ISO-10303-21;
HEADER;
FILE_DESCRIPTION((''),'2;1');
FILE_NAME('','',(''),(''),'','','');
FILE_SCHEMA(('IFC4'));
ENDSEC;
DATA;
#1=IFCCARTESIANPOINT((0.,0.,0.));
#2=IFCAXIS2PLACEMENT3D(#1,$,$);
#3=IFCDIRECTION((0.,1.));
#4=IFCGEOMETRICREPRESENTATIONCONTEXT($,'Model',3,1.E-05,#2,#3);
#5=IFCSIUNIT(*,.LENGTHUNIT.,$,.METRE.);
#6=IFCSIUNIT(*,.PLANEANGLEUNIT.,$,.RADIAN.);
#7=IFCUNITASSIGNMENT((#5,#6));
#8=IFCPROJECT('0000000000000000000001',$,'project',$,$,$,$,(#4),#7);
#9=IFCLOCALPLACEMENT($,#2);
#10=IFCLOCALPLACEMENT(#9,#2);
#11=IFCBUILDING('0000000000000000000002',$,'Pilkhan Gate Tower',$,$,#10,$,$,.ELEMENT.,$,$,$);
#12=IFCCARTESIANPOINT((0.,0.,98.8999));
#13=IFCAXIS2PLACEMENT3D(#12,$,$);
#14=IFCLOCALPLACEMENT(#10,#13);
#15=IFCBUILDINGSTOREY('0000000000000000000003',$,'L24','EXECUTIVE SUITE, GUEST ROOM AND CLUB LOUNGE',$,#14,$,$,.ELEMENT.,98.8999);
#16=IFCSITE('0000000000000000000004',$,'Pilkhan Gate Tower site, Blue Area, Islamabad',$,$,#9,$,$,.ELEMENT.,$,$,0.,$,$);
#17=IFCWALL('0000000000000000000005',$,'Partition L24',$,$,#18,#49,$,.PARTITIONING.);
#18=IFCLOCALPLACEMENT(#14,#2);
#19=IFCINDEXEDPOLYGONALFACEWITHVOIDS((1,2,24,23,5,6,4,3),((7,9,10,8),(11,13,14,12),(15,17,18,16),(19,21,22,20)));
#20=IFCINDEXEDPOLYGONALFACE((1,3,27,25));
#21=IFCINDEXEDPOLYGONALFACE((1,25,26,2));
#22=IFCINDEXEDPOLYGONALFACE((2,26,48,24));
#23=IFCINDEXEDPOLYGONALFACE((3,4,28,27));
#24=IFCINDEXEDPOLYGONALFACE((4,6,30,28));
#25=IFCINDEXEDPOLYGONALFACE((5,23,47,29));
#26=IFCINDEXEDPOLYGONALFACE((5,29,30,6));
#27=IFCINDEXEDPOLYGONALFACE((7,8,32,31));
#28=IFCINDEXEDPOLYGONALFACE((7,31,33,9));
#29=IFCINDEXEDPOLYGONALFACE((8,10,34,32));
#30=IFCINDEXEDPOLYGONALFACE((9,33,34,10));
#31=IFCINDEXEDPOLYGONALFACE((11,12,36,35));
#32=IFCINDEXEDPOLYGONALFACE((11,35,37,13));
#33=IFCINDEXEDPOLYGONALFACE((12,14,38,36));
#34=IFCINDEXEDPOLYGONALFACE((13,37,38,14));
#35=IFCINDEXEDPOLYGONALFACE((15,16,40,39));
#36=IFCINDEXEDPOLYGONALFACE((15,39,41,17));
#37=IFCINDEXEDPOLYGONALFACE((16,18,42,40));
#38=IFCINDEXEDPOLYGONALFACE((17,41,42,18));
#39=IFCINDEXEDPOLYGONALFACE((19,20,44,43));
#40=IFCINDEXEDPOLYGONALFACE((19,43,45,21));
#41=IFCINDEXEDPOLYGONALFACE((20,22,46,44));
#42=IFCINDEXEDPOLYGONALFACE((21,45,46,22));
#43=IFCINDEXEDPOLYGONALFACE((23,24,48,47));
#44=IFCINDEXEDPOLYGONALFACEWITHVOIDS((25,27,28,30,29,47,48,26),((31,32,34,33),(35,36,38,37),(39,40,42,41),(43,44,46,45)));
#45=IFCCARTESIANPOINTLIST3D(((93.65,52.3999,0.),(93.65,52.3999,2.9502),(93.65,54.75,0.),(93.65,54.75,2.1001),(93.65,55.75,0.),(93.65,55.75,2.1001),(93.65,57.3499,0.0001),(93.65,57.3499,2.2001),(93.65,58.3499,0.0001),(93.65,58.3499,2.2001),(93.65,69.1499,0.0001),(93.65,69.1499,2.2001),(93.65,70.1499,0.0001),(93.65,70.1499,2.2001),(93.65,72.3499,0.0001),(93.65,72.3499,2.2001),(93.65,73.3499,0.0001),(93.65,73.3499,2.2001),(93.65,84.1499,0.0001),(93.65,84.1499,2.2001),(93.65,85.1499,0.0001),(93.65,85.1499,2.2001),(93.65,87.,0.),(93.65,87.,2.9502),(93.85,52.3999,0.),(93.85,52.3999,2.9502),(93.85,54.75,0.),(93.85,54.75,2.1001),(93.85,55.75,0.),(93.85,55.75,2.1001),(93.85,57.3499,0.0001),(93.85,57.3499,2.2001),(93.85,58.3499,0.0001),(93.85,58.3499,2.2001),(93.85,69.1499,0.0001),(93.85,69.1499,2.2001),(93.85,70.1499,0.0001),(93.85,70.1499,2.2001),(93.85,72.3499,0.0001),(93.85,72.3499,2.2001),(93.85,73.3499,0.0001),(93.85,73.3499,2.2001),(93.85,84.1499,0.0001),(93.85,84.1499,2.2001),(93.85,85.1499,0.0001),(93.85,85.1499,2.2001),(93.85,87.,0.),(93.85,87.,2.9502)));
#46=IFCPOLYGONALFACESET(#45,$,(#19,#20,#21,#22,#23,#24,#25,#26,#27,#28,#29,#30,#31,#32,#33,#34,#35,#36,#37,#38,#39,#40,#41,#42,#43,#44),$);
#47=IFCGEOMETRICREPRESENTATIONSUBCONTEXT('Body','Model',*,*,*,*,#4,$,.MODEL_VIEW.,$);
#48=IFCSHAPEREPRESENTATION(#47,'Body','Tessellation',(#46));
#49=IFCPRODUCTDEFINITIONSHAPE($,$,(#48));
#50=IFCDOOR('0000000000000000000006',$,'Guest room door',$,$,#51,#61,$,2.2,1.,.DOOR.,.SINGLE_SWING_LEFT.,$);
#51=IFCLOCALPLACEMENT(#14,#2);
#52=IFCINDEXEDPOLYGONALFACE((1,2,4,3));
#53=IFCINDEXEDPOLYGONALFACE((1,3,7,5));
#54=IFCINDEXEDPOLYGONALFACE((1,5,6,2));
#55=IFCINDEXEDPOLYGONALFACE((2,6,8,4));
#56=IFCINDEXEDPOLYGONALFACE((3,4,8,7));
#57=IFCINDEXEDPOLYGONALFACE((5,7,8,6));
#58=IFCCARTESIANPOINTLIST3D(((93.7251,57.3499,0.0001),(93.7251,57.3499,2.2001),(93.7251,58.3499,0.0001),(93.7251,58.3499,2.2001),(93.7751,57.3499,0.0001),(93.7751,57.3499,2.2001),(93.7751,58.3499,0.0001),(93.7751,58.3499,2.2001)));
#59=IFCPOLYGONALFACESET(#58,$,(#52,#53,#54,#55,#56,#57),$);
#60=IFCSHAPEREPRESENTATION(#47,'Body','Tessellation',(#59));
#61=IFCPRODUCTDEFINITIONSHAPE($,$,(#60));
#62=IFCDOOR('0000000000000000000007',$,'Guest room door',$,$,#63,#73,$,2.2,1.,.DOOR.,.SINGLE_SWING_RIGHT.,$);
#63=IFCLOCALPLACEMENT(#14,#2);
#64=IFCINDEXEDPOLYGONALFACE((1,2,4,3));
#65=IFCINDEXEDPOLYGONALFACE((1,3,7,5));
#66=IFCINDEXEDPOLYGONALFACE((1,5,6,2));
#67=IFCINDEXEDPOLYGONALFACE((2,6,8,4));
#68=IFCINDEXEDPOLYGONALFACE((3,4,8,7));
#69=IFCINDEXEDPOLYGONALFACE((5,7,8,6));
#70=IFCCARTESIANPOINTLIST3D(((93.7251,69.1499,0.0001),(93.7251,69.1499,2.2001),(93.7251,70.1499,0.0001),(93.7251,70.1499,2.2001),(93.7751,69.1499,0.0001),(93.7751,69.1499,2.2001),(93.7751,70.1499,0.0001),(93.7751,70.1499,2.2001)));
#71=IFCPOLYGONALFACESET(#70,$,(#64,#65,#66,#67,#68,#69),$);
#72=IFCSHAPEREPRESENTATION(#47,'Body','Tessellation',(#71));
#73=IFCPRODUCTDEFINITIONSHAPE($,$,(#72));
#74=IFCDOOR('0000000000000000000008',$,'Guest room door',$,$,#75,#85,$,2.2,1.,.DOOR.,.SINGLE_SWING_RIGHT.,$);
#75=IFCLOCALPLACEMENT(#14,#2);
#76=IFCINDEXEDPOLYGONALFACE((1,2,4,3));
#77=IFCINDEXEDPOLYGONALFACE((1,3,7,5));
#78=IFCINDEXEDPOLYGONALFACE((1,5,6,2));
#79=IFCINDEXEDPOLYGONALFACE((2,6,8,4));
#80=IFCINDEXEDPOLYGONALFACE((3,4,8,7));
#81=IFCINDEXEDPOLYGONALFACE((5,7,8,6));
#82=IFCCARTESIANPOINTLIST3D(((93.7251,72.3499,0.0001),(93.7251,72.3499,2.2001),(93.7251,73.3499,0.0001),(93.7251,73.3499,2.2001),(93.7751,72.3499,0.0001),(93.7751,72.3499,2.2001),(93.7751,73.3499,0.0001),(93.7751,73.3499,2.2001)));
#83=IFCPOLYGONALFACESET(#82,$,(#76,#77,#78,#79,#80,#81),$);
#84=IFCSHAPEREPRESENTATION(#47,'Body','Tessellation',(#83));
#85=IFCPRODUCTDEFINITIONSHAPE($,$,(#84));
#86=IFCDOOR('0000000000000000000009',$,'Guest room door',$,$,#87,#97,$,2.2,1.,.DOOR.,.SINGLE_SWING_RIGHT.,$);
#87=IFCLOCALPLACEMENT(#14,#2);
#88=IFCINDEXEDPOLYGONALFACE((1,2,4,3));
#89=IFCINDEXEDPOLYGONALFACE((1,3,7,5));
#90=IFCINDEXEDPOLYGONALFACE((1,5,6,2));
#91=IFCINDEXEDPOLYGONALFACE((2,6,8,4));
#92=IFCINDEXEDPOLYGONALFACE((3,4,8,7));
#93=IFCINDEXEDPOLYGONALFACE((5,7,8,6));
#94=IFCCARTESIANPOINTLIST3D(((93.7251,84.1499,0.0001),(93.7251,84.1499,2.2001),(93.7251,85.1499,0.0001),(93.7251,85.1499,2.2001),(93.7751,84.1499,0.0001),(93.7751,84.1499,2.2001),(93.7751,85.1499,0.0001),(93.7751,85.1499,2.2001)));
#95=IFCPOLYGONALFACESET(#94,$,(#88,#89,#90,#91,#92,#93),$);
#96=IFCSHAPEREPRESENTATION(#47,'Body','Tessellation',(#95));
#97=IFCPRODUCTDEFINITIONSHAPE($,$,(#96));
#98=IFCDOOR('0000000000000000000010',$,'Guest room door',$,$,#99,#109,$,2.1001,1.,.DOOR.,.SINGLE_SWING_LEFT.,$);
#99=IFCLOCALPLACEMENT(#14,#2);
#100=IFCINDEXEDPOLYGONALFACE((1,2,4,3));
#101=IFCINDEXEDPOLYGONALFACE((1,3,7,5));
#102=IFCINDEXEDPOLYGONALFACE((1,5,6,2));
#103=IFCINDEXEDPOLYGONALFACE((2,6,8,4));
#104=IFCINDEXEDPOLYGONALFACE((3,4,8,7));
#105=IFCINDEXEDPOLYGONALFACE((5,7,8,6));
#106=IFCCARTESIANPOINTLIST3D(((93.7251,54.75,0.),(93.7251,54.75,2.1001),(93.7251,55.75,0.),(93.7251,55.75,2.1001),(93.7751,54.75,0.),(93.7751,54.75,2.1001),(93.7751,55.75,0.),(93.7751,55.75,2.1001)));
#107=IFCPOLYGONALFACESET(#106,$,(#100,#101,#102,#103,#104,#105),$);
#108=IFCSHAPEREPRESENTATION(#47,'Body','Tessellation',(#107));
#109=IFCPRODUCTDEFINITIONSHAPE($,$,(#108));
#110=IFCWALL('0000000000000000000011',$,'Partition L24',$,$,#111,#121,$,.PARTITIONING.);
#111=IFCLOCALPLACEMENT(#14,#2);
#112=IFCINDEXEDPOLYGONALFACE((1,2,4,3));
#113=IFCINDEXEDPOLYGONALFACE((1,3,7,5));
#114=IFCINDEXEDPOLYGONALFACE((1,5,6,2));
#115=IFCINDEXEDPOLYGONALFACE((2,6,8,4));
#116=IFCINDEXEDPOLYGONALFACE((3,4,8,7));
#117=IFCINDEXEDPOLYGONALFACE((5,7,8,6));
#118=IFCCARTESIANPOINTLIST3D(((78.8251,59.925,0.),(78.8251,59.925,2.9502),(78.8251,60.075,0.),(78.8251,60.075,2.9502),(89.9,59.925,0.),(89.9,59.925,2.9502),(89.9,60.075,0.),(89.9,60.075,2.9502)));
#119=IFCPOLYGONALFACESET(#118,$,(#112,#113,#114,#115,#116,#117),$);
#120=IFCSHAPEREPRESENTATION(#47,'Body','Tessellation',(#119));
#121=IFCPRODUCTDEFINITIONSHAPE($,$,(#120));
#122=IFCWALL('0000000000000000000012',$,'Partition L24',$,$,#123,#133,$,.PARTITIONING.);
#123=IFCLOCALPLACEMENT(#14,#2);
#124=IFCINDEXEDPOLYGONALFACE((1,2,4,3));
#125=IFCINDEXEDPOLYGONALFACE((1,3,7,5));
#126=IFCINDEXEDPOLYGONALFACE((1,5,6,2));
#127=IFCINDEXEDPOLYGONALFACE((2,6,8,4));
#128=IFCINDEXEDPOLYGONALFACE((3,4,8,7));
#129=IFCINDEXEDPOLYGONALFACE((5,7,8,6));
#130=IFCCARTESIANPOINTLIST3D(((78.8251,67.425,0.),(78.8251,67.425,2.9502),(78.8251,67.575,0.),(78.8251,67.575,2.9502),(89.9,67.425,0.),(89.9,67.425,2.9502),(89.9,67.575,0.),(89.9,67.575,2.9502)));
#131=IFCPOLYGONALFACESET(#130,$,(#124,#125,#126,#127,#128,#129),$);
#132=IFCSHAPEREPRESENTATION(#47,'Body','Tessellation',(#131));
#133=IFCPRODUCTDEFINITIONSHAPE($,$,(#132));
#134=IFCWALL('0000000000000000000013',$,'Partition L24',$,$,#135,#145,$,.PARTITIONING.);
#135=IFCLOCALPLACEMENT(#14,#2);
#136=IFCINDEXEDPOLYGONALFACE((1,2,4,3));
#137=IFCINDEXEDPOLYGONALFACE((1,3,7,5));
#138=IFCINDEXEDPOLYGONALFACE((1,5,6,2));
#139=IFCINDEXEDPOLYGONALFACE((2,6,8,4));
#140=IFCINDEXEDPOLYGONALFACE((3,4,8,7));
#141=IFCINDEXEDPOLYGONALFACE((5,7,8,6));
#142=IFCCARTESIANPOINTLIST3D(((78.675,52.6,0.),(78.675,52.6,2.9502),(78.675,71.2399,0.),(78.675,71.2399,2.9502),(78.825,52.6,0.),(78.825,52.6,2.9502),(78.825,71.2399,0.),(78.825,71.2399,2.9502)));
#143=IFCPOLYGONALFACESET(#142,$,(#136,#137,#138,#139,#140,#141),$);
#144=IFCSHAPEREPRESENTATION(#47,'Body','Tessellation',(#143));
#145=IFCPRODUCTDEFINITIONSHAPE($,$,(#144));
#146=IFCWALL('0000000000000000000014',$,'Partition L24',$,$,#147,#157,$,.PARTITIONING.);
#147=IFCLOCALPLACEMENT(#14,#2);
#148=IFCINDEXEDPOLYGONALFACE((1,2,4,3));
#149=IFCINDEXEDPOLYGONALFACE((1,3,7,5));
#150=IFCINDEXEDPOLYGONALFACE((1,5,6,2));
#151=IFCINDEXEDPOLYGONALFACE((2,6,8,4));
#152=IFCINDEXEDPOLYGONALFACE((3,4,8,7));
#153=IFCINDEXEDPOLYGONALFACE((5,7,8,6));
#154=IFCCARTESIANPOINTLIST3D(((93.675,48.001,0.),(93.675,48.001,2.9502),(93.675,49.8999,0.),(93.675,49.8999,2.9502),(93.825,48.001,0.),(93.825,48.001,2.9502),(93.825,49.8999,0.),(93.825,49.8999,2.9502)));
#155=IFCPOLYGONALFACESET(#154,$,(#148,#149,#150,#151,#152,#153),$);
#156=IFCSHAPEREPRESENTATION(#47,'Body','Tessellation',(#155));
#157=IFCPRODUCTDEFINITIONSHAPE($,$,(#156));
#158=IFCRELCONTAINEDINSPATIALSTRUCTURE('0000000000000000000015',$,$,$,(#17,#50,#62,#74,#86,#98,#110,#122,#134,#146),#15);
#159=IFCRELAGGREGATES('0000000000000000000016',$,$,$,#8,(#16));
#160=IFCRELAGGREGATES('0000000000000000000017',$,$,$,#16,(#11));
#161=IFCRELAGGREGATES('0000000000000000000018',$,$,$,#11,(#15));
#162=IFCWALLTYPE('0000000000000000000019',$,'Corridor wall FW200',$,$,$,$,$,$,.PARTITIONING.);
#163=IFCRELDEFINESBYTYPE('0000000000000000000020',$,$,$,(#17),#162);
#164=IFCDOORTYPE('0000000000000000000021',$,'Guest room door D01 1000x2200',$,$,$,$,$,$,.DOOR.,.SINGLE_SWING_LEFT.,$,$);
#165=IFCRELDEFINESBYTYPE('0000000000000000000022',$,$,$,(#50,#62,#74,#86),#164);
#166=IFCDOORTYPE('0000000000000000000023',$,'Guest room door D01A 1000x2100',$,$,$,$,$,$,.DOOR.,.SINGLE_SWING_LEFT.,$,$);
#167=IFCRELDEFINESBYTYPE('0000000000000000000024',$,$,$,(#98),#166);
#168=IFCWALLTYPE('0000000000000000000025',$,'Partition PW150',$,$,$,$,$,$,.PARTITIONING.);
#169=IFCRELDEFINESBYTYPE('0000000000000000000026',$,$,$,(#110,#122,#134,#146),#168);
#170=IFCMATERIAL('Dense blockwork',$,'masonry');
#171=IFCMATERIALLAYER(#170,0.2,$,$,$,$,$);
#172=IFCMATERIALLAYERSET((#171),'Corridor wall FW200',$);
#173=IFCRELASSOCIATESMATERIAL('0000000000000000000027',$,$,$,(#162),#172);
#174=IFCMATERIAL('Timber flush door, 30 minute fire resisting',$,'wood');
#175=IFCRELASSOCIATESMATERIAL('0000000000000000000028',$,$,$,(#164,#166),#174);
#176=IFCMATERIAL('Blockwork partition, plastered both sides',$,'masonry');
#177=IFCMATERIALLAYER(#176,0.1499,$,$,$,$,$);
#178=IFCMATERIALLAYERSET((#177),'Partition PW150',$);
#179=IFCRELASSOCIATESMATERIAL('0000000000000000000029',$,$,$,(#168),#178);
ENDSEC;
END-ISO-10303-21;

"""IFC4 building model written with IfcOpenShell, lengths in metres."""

from ifc_helpers import new_model, si_unit, direction, frame, frame_2d, origin, place, context, subcontext, project, spatial, rectangle, extrude, material, layer, layer_set, type_object, element, fill, save


model = new_model("IFC4")

# Units and contexts
model_context = context("Model", 3, precision=1e-05, world=origin(), true_north=direction((0.0, 1.0)))
body_context = subcontext(model_context, "Body", "Model", "MODEL_VIEW")
ifc_project = project(units=[si_unit("LENGTHUNIT", "METRE"), si_unit("PLANEANGLEUNIT", "RADIAN")], contexts=[model_context])

# Site, building, storey
site_placement = place(None, origin())
site = spatial("IfcSite", under=ifc_project, at=site_placement, Name="Pilkhan Gate Tower site, Blue Area, Islamabad", CompositionType="ELEMENT", RefElevation=0.0)
building_placement = place(site_placement, origin())
building = spatial("IfcBuilding", under=site, at=building_placement, Name="Pilkhan Gate Tower", CompositionType="ELEMENT")
storey_placement = place(building_placement, frame((0.0, 0.0, 98.8999)))
storey = spatial("IfcBuildingStorey", under=building, at=storey_placement, Name="L24", Description="EXECUTIVE SUITE, GUEST ROOM AND CLUB LOUNGE", CompositionType="ELEMENT", Elevation=98.8999)

# Shared definitions
ifc_material_1 = material(Name="Dense blockwork", Category="masonry")
ifc_layer_1 = layer(ifc_material_1, 0.2)
ifc_layer_set_1 = layer_set([ifc_layer_1], Name="Corridor wall FW200")
wall_type_1 = type_object("IfcWallType", Name="Corridor wall FW200", PredefinedType="PARTITIONING", material=ifc_layer_set_1)

# Wall, openings, doors
ifc_material_2 = material(Name="Timber flush door, 30 minute fire resisting", Category="wood")
wall_1_placement = place(storey_placement, frame((93.75, 52.3999, 0.0), z_axis=(0.0, 0.0, 1.0), x_axis=(0.0, 1.0, 0.0)))
wall_1 = element("IfcWall", 1, at=wall_1_placement, inside=storey, type_object=wall_type_1, Name="Partition L24", PredefinedType="PARTITIONING", context=body_context, shape_type="SweptSolid", body=[
    extrude(rectangle(XDim=34.6001, YDim=0.2, at=frame_2d((17.3, 0.0))), origin(), (0.0, 0.0, 1.0), 2.9502),
])
opening_1_placement = place(wall_1_placement, frame((2.3501, 0.0, 0.0)))
opening_1 = element("IfcOpeningElement", 2, at=opening_1_placement, cuts=wall_1, PredefinedType="OPENING", context=body_context, shape_type="SweptSolid", body=[
    extrude(rectangle(XDim=1.0, YDim=2.1001, at=frame_2d((0.5, 1.05))), frame((0.0, 0.1099, 0.0), z_axis=(0.0, -1.0, 0.0), x_axis=(1.0, 0.0, 0.0)), (0.0, 0.0, 1.0), 0.22),
])
opening_2_placement = place(wall_1_placement, frame((4.95, 0.0, 0.0)))
opening_2 = element("IfcOpeningElement", 3, at=opening_2_placement, cuts=wall_1, PredefinedType="OPENING", context=body_context, shape_type="SweptSolid", body=[
    extrude(rectangle(XDim=1.0, YDim=2.2, at=frame_2d((0.5, 1.1001))), frame((0.0, 0.1099, 0.0), z_axis=(0.0, -1.0, 0.0), x_axis=(1.0, 0.0, 0.0)), (0.0, 0.0, 1.0), 0.22),
])
opening_3_placement = place(wall_1_placement, frame((16.75, 0.0, 0.0)))
opening_3 = element("IfcOpeningElement", 4, at=opening_3_placement, cuts=wall_1, PredefinedType="OPENING", context=body_context, shape_type="SweptSolid", body=[
    extrude(rectangle(XDim=1.0, YDim=2.2, at=frame_2d((0.5, 1.1001))), frame((0.0, 0.1099, 0.0), z_axis=(0.0, -1.0, 0.0), x_axis=(1.0, 0.0, 0.0)), (0.0, 0.0, 1.0), 0.22),
])
opening_4_placement = place(wall_1_placement, frame((19.95, 0.0, 0.0)))
opening_4 = element("IfcOpeningElement", 5, at=opening_4_placement, cuts=wall_1, PredefinedType="OPENING", context=body_context, shape_type="SweptSolid", body=[
    extrude(rectangle(XDim=1.0, YDim=2.2, at=frame_2d((0.5, 1.1001))), frame((0.0, 0.1099, 0.0), z_axis=(0.0, -1.0, 0.0), x_axis=(1.0, 0.0, 0.0)), (0.0, 0.0, 1.0), 0.22),
])
opening_5_placement = place(wall_1_placement, frame((31.75, 0.0, 0.0)))
opening_5 = element("IfcOpeningElement", 6, at=opening_5_placement, cuts=wall_1, PredefinedType="OPENING", context=body_context, shape_type="SweptSolid", body=[
    extrude(rectangle(XDim=1.0, YDim=2.2, at=frame_2d((0.5, 1.1001))), frame((0.0, 0.1099, 0.0), z_axis=(0.0, -1.0, 0.0), x_axis=(1.0, 0.0, 0.0)), (0.0, 0.0, 1.0), 0.22),
])
door_type_1 = type_object("IfcDoorType", Name="Guest room door D01 1000x2200", OperationType="SINGLE_SWING_LEFT", PredefinedType="DOOR", material=ifc_material_2)
door_1_placement = place(opening_2_placement, origin())
door_1 = element("IfcDoor", 7, at=door_1_placement, inside=storey, type_object=door_type_1, Name="Guest room door", OperationType="SINGLE_SWING_LEFT", OverallHeight=2.2, OverallWidth=1.0, PredefinedType="DOOR", context=body_context, shape_type="SweptSolid", body=[
    extrude(rectangle(XDim=1.0, YDim=2.2, at=frame_2d((0.5, 1.1001))), frame((0.0, 0.0249, 0.0), z_axis=(0.0, -1.0, 0.0), x_axis=(1.0, 0.0, 0.0)), (0.0, 0.0, 1.0), 0.05),
])
fill(opening_2, door_1)
door_2_placement = place(opening_3_placement, origin())
door_2 = element("IfcDoor", 8, at=door_2_placement, inside=storey, type_object=door_type_1, Name="Guest room door", OperationType="SINGLE_SWING_RIGHT", OverallHeight=2.2, OverallWidth=1.0, PredefinedType="DOOR", context=body_context, shape_type="SweptSolid", body=[
    extrude(rectangle(XDim=1.0, YDim=2.2, at=frame_2d((0.5, 1.1001))), frame((0.0, 0.0249, 0.0), z_axis=(0.0, -1.0, 0.0), x_axis=(1.0, 0.0, 0.0)), (0.0, 0.0, 1.0), 0.05),
])
fill(opening_3, door_2)
door_3_placement = place(opening_4_placement, origin())
door_3 = element("IfcDoor", 9, at=door_3_placement, inside=storey, type_object=door_type_1, Name="Guest room door", OperationType="SINGLE_SWING_RIGHT", OverallHeight=2.2, OverallWidth=1.0, PredefinedType="DOOR", context=body_context, shape_type="SweptSolid", body=[
    extrude(rectangle(XDim=1.0, YDim=2.2, at=frame_2d((0.5, 1.1001))), frame((0.0, 0.0249, 0.0), z_axis=(0.0, -1.0, 0.0), x_axis=(1.0, 0.0, 0.0)), (0.0, 0.0, 1.0), 0.05),
])
fill(opening_4, door_3)
door_4_placement = place(opening_5_placement, origin())
door_4 = element("IfcDoor", 10, at=door_4_placement, inside=storey, type_object=door_type_1, Name="Guest room door", OperationType="SINGLE_SWING_RIGHT", OverallHeight=2.2, OverallWidth=1.0, PredefinedType="DOOR", context=body_context, shape_type="SweptSolid", body=[
    extrude(rectangle(XDim=1.0, YDim=2.2, at=frame_2d((0.5, 1.1001))), frame((0.0, 0.0249, 0.0), z_axis=(0.0, -1.0, 0.0), x_axis=(1.0, 0.0, 0.0)), (0.0, 0.0, 1.0), 0.05),
])
fill(opening_5, door_4)
door_type_2 = type_object("IfcDoorType", Name="Guest room door D01A 1000x2100", OperationType="SINGLE_SWING_LEFT", PredefinedType="DOOR", material=ifc_material_2)
door_5_placement = place(opening_1_placement, origin())
door_5 = element("IfcDoor", 11, at=door_5_placement, inside=storey, type_object=door_type_2, Name="Guest room door", OperationType="SINGLE_SWING_LEFT", OverallHeight=2.1001, OverallWidth=1.0, PredefinedType="DOOR", context=body_context, shape_type="SweptSolid", body=[
    extrude(rectangle(XDim=1.0, YDim=2.1001, at=frame_2d((0.5, 1.05))), frame((0.0, 0.0249, 0.0), z_axis=(0.0, -1.0, 0.0), x_axis=(1.0, 0.0, 0.0)), (0.0, 0.0, 1.0), 0.05),
])
fill(opening_1, door_5)

# Walls
ifc_material_3 = material(Name="Blockwork partition, plastered both sides", Category="masonry")
ifc_layer_2 = layer(ifc_material_3, 0.1499)
ifc_layer_set_2 = layer_set([ifc_layer_2], Name="Partition PW150")
wall_type_2 = type_object("IfcWallType", Name="Partition PW150", PredefinedType="PARTITIONING", material=ifc_layer_set_2)
for number, where, z_axis, x_axis, name in (
    (12, (78.825, 60.0, 0.0), (0.0, 0.0, 1.0), (1.0, 0.0, 0.0), "Partition L24"),
    (13, (78.825, 67.5, 0.0), (0.0, 0.0, 1.0), (1.0, 0.0, 0.0), "Partition L24"),
):
    element("IfcWall", number, at=place(storey_placement, frame(where, z_axis=z_axis, x_axis=x_axis)), inside=storey, type_object=wall_type_2, Name=name, PredefinedType="PARTITIONING", context=body_context, shape_type="SweptSolid", body=[
        extrude(rectangle(XDim=11.075, YDim=0.1499, at=frame_2d((5.5376, 0.0))), origin(), (0.0, 0.0, 1.0), 2.9502),
    ])
wall_2_placement = place(storey_placement, frame((78.75, 52.6001, 0.0), z_axis=(0.0, 0.0, 1.0), x_axis=(0.0, 1.0, 0.0)))
element("IfcWall", 14, at=wall_2_placement, inside=storey, type_object=wall_type_2, Name="Partition L24", PredefinedType="PARTITIONING", context=body_context, shape_type="SweptSolid", body=[
    extrude(rectangle(XDim=18.6399, YDim=0.1499, at=frame_2d((9.3198, 0.0))), origin(), (0.0, 0.0, 1.0), 2.9502),
])
wall_3_placement = place(storey_placement, frame((93.75, 48.001, 0.0), z_axis=(0.0, 0.0, 1.0), x_axis=(0.0, 1.0, 0.0)))
element("IfcWall", 15, at=wall_3_placement, inside=storey, type_object=wall_type_2, Name="Partition L24", PredefinedType="PARTITIONING", context=body_context, shape_type="SweptSolid", body=[
    extrude(rectangle(XDim=1.8989, YDim=0.1499, at=frame_2d((0.9495, 0.0))), origin(), (0.0, 0.0, 1.0), 2.9502),
])

save(model, "model.ifc")
